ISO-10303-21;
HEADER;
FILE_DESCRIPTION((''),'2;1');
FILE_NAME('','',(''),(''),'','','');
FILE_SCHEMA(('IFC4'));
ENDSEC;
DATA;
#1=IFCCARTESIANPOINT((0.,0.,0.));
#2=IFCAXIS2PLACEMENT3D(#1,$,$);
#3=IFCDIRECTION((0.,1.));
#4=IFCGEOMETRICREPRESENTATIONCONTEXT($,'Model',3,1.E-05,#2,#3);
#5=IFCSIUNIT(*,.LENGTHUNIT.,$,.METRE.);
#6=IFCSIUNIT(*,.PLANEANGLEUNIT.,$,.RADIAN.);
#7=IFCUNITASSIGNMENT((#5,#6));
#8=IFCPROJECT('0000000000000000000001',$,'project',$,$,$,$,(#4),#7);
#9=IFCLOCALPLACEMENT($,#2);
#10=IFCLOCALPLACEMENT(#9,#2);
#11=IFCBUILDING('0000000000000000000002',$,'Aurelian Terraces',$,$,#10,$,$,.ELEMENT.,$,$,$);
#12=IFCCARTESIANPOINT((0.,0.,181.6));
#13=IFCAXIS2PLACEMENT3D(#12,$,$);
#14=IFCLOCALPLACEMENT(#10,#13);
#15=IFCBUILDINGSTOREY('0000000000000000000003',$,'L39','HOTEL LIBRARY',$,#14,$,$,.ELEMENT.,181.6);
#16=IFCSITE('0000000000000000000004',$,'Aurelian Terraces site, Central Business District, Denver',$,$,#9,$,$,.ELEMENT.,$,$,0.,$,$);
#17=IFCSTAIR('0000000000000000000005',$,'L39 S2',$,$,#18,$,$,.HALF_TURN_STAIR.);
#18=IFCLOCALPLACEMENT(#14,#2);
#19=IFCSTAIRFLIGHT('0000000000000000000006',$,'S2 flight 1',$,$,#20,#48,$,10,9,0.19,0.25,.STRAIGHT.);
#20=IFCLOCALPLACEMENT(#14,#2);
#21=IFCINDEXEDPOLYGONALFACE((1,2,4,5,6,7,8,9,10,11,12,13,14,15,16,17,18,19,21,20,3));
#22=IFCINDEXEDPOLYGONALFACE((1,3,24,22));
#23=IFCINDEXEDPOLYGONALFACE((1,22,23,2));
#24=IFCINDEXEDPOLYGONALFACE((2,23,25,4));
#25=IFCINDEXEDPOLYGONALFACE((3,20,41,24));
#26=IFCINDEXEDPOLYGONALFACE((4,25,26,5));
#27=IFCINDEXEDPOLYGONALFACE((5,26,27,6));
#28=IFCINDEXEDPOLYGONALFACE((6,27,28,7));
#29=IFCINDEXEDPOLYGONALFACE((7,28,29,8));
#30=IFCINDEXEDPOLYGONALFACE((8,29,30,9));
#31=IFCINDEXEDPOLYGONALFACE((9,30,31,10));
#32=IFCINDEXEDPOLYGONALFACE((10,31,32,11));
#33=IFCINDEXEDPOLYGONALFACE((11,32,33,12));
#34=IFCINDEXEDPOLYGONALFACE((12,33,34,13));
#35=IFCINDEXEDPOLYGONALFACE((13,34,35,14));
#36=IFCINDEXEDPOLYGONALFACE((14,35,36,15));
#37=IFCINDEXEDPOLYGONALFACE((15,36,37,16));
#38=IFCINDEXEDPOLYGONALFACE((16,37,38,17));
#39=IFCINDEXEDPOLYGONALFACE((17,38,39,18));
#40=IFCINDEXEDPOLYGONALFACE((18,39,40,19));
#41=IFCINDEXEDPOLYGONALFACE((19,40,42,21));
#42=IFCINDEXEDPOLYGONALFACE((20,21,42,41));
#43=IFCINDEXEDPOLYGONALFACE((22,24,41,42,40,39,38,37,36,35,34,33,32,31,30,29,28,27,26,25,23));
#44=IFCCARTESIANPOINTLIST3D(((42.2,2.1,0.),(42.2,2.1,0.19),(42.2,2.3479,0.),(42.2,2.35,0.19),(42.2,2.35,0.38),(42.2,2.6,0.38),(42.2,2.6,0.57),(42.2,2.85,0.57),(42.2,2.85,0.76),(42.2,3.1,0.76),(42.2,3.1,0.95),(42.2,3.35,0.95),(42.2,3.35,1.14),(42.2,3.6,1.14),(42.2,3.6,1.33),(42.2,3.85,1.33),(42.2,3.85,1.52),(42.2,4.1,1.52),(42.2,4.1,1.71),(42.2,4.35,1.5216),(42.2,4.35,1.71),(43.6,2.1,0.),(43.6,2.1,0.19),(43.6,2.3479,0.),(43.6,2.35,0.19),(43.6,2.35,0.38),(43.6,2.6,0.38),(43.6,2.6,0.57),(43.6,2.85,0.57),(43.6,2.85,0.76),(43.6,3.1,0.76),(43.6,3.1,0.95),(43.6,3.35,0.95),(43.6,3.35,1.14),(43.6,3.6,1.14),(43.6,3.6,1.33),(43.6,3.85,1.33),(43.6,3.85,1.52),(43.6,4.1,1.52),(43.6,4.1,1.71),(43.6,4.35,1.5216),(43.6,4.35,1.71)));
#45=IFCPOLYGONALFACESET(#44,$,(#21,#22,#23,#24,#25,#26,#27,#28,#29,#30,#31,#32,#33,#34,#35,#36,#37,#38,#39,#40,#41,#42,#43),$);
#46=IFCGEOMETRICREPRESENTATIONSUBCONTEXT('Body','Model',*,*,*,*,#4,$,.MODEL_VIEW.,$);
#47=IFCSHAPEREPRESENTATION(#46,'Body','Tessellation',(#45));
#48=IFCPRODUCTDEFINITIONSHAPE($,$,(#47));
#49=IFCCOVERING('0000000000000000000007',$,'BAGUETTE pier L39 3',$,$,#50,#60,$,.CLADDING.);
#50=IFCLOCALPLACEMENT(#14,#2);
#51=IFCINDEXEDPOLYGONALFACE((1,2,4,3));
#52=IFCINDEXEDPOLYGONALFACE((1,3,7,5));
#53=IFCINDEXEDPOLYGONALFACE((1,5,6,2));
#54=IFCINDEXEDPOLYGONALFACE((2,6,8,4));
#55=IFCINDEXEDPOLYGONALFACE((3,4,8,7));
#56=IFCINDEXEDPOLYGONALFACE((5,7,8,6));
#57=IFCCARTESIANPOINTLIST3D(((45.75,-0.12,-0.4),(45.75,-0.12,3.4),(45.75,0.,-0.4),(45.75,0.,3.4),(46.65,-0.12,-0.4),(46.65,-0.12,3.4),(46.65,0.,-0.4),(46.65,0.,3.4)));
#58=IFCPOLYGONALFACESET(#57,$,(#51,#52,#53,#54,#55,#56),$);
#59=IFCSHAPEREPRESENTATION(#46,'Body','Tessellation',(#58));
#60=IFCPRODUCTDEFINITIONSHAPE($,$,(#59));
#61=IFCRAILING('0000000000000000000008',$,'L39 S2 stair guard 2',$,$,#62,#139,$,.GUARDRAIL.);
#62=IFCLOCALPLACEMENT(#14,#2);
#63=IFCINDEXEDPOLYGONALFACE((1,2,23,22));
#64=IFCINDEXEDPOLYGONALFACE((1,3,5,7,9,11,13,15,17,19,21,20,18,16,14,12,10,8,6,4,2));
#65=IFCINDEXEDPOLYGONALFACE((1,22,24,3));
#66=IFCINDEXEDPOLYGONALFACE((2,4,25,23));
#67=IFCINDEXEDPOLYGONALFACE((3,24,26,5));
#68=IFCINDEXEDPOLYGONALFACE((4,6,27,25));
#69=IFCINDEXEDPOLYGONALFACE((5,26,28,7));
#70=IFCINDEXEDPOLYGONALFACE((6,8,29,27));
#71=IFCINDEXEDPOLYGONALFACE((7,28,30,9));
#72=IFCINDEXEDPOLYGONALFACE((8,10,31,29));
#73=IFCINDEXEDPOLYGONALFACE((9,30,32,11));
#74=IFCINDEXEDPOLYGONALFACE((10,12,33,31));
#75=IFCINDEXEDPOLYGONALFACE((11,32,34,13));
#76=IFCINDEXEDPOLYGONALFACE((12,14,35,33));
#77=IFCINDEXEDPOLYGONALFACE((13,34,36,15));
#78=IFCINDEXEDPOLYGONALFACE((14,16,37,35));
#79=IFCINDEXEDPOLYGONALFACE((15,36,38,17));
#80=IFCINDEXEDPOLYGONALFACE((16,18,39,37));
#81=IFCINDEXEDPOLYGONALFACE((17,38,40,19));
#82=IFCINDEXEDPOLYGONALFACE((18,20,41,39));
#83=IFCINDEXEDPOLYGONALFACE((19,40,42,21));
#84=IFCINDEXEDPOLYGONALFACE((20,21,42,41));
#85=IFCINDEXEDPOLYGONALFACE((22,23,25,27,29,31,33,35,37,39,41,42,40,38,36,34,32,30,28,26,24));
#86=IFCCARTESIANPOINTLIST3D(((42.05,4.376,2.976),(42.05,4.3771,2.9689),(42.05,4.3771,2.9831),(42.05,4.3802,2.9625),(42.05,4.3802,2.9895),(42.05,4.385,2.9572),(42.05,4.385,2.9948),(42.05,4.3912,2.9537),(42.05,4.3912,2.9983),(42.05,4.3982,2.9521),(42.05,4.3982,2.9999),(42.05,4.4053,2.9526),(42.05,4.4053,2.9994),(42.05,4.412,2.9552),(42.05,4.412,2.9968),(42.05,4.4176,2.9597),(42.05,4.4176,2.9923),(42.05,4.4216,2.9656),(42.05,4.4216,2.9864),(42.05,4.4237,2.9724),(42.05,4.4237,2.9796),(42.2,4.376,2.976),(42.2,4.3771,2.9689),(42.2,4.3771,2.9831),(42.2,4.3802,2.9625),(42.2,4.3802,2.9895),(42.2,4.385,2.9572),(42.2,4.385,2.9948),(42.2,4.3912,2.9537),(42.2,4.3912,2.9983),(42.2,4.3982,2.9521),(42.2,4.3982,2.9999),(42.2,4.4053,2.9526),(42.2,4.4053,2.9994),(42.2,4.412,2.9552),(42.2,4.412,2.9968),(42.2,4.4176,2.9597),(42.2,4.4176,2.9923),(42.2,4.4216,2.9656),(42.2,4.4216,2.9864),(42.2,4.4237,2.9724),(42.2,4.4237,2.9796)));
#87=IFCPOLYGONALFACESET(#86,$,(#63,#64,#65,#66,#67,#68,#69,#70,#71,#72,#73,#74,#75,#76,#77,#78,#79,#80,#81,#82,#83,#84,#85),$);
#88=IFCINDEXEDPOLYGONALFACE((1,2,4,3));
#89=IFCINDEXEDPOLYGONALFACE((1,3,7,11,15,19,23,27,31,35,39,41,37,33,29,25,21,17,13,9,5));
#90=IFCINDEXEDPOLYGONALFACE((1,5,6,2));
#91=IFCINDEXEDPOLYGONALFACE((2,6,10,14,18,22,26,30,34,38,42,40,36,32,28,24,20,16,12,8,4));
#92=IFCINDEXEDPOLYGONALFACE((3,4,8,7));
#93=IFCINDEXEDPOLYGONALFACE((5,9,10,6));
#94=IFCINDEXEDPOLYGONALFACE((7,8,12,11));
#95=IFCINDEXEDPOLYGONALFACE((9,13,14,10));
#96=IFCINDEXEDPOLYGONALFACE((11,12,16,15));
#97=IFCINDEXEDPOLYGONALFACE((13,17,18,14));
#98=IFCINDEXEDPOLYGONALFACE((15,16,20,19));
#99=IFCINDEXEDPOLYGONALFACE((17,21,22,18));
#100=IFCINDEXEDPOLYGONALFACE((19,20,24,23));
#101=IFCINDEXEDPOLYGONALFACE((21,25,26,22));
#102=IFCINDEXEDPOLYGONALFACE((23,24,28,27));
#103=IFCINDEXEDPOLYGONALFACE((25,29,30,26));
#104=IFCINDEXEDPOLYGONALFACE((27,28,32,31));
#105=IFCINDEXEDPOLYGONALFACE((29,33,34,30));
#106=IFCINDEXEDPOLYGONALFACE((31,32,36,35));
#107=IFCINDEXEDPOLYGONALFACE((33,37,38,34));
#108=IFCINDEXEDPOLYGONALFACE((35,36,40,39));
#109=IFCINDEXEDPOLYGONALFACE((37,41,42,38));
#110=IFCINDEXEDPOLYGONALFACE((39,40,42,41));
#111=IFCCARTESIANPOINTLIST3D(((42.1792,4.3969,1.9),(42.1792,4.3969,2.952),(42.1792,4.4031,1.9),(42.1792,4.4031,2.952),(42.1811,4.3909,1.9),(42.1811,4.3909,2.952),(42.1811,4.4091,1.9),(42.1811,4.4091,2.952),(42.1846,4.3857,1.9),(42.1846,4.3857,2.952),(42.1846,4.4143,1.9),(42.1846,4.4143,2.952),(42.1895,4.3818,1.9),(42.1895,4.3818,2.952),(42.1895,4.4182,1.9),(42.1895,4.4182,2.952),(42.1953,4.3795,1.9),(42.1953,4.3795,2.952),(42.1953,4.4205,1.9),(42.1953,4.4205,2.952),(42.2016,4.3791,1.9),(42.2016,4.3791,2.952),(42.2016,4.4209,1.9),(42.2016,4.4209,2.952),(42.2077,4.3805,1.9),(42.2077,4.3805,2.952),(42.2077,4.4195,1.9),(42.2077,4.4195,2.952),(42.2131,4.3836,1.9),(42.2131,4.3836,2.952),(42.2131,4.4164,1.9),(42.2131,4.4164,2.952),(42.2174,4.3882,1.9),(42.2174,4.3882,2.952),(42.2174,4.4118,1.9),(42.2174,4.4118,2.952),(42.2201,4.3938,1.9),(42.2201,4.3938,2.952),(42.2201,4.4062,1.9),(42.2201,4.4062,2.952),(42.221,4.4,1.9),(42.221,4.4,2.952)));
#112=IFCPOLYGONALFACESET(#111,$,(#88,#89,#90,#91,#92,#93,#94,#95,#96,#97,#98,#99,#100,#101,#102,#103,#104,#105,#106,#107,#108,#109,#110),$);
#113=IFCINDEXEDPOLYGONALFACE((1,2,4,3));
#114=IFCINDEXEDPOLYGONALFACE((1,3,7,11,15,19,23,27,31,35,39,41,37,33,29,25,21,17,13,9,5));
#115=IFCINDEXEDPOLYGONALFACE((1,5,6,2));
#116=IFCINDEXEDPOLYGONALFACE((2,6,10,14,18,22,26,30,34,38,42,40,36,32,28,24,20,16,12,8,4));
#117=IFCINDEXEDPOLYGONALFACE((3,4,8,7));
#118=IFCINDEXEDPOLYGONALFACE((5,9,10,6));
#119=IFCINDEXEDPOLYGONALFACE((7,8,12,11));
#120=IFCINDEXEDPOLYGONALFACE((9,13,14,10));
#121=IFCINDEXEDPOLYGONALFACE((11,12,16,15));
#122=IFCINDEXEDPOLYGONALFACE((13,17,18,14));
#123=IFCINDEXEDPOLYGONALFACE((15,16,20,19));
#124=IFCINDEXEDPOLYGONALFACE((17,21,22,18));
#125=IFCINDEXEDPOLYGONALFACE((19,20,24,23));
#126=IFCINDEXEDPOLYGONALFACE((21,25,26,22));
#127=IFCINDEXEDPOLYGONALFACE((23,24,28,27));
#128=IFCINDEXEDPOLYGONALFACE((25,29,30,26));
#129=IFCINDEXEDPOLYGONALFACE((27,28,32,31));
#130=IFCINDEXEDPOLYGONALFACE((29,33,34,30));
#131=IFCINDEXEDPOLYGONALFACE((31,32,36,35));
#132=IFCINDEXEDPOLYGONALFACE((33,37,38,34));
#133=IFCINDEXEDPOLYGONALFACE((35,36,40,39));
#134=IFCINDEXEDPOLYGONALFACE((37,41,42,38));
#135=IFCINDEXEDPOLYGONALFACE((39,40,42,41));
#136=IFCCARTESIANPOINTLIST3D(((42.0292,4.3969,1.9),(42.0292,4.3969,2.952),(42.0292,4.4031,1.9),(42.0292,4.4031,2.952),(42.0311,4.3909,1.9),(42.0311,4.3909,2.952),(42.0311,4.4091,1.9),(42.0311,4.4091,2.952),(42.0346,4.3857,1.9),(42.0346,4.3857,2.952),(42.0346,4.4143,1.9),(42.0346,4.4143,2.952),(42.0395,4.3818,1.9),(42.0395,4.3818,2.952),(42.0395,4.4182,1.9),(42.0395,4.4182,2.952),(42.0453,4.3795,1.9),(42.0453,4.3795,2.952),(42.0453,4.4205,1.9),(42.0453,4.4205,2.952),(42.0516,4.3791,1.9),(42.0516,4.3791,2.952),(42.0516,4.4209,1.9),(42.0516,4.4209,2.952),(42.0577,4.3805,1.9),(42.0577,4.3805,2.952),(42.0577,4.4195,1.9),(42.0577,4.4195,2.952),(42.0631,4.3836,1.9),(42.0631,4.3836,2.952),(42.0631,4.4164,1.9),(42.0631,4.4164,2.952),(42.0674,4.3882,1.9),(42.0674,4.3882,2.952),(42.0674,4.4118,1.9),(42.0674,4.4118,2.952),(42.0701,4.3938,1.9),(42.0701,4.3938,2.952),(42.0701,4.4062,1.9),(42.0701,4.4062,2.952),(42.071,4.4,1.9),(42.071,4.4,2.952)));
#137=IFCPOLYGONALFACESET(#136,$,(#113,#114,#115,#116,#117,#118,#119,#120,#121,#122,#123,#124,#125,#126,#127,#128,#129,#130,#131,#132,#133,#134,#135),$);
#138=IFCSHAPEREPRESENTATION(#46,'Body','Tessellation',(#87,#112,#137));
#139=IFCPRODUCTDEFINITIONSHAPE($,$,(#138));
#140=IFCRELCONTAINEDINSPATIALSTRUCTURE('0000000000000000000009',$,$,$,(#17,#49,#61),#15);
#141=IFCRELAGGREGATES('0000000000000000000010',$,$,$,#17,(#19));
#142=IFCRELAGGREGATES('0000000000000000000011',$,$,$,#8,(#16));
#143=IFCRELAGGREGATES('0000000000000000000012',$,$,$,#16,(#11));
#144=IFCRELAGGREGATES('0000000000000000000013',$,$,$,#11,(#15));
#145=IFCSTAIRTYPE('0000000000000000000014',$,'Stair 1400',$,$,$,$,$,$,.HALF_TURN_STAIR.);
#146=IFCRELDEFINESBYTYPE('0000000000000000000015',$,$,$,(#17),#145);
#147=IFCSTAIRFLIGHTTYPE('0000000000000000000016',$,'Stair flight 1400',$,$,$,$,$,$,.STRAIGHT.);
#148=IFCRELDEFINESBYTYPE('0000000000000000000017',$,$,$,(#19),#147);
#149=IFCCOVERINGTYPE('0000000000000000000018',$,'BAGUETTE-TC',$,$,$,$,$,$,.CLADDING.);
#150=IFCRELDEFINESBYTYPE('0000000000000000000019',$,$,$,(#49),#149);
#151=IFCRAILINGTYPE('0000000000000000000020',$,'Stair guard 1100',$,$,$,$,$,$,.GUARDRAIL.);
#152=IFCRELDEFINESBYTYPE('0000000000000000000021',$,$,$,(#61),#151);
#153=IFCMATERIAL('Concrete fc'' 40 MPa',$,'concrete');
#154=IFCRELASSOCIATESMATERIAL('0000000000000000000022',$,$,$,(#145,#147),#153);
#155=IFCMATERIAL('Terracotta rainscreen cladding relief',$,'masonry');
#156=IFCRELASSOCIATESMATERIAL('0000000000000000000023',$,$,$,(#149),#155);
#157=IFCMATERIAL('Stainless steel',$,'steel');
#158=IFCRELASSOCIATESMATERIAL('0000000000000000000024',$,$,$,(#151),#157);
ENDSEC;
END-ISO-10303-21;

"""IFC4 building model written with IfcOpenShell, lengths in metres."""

from ifc_helpers import new_model, si_unit, direction, frame, origin, origin_2d, place, context, subcontext, project, spatial, polyline, rectangle, circle, outline, extrude, source, transform, mapped, material, type_object, element, aggregate, save


model = new_model("IFC4")

# Units and contexts
model_context = context("Model", 3, precision=1e-05, world=origin(), true_north=direction((0.0, 1.0)))
body_context = subcontext(model_context, "Body", "Model", "MODEL_VIEW")
ifc_project = project(units=[si_unit("LENGTHUNIT", "METRE"), si_unit("PLANEANGLEUNIT", "RADIAN")], contexts=[model_context])

# Site, building, storey
site_placement = place(None, origin())
site = spatial("IfcSite", under=ifc_project, at=site_placement, Name="Aurelian Terraces site, Central Business District, Denver", CompositionType="ELEMENT", RefElevation=0.0)
building_placement = place(site_placement, origin())
building = spatial("IfcBuilding", under=site, at=building_placement, Name="Aurelian Terraces", CompositionType="ELEMENT")
storey_placement = place(building_placement, frame((0.0, 0.0, 181.6)))
storey = spatial("IfcBuildingStorey", under=building, at=storey_placement, Name="L39", Description="HOTEL LIBRARY", CompositionType="ELEMENT", Elevation=181.6)

# Shared definitions
ifc_material_1 = material(Name="Concrete fc' 40 MPa", Category="concrete")

# Stair, stair flight
stair_type = type_object("IfcStairType", Name="Stair 1400", PredefinedType="HALF_TURN_STAIR", material=ifc_material_1)
stair_placement = place(storey_placement, origin())
stair = element("IfcStair", 1, at=stair_placement, inside=storey, type_object=stair_type, Name="L39 S2", PredefinedType="HALF_TURN_STAIR")
stair_flight_type = type_object("IfcStairFlightType", Name="Stair flight 1400", PredefinedType="STRAIGHT", material=ifc_material_1)
shared_shape_1 = source(origin(), body_context, "Body", "SweptSolid", [
    extrude(outline(polyline([(0.0, 0.0), (0.0, 0.19), (0.25, 0.19), (0.25, 0.38), (0.5, 0.38), (0.5, 0.57), (0.75, 0.57), (0.75, 0.76), (1.0, 0.76), (1.0, 0.95), (1.25, 0.95), (1.25, 1.14), (1.5, 1.14), (1.5, 1.33), (1.75, 1.33), (1.75, 1.52), (2.0, 1.52), (2.0, 1.71), (2.25, 1.71), (2.25, 1.9), (2.25, 1.5216), (0.2479, 0.0), (0.0, 0.0)])), frame((0.0, 0.7, 0.0), z_axis=(0.0, -1.0, 0.0), x_axis=(1.0, 0.0, 0.0)), (0.0, 0.0, 1.0), 1.4),
])
stair_flight_placement = place(storey_placement, frame((42.9, 2.1, 0.0), z_axis=(0.0, 0.0, 1.0), x_axis=(0.0, 1.0, 0.0)))
stair_flight = element("IfcStairFlight", 2, at=stair_flight_placement, type_object=stair_flight_type, Name="S2 flight 1", NumberOfRisers=10, NumberOfTreads=9, PredefinedType="STRAIGHT", RiserHeight=0.19, TreadLength=0.25, context=body_context, shape_type="MappedRepresentation", body=[
    mapped(shared_shape_1, transform((0.0, 0.0, 0.0), scale=1.0)),
])
aggregate(stair, [stair_flight])

# Covering
ifc_material_2 = material(Name="Terracotta rainscreen cladding relief", Category="masonry")
covering_type = type_object("IfcCoveringType", Name="BAGUETTE-TC", PredefinedType="CLADDING", material=ifc_material_2)
shared_shape_2 = source(origin(), body_context, "Body", "SweptSolid", [
    extrude(rectangle(XDim=0.9, YDim=0.12, at=origin_2d()), origin(), (0.0, 0.0, 1.0), 3.8),
])
covering_placement = place(storey_placement, frame((46.2, -0.06, -0.4), z_axis=(0.0, 0.0, 1.0), x_axis=(1.0, 0.0, 0.0)))
element("IfcCovering", 3, at=covering_placement, inside=storey, type_object=covering_type, Name="BAGUETTE pier L39 3", PredefinedType="CLADDING", context=body_context, shape_type="MappedRepresentation", body=[
    mapped(shared_shape_2, transform((0.0, 0.0, 0.0), scale=1.0)),
])

# Railing
ifc_material_3 = material(Name="Stainless steel", Category="steel")
railing_type_1 = type_object("IfcRailingType", Name="Stair guard 1100", PredefinedType="GUARDRAIL", material=ifc_material_3)
shared_shape_3 = source(origin(), body_context, "Body", "SweptSolid", [
    extrude(circle(Radius=0.024, at=origin_2d()), frame((0.0, 0.0, 1.076), z_axis=(-1.0, 0.0, 0.0), x_axis=(0.0, -1.0, 0.0)), (0.0, 0.0, 1.0), 0.15),
    extrude(circle(Radius=0.021, at=origin_2d()), origin(), (0.0, 0.0, 1.0), 1.052),
    extrude(circle(Radius=0.021, at=origin_2d()), frame((-0.15, 0.0, 0.0)), (0.0, 0.0, 1.0), 1.052),
])
for number, where, name in (
    (4, (42.2, 4.4, 1.9), "L39 S2 stair guard 2"),
):
    element("IfcRailing", number, at=place(storey_placement, frame(where)), inside=storey, type_object=railing_type_1, Name=name, PredefinedType="GUARDRAIL", context=body_context, shape_type="MappedRepresentation", body=[
        mapped(shared_shape_3, transform((0.0, 0.0, 0.0), scale=1.0)),
    ])

save(model, "model.ifc")
